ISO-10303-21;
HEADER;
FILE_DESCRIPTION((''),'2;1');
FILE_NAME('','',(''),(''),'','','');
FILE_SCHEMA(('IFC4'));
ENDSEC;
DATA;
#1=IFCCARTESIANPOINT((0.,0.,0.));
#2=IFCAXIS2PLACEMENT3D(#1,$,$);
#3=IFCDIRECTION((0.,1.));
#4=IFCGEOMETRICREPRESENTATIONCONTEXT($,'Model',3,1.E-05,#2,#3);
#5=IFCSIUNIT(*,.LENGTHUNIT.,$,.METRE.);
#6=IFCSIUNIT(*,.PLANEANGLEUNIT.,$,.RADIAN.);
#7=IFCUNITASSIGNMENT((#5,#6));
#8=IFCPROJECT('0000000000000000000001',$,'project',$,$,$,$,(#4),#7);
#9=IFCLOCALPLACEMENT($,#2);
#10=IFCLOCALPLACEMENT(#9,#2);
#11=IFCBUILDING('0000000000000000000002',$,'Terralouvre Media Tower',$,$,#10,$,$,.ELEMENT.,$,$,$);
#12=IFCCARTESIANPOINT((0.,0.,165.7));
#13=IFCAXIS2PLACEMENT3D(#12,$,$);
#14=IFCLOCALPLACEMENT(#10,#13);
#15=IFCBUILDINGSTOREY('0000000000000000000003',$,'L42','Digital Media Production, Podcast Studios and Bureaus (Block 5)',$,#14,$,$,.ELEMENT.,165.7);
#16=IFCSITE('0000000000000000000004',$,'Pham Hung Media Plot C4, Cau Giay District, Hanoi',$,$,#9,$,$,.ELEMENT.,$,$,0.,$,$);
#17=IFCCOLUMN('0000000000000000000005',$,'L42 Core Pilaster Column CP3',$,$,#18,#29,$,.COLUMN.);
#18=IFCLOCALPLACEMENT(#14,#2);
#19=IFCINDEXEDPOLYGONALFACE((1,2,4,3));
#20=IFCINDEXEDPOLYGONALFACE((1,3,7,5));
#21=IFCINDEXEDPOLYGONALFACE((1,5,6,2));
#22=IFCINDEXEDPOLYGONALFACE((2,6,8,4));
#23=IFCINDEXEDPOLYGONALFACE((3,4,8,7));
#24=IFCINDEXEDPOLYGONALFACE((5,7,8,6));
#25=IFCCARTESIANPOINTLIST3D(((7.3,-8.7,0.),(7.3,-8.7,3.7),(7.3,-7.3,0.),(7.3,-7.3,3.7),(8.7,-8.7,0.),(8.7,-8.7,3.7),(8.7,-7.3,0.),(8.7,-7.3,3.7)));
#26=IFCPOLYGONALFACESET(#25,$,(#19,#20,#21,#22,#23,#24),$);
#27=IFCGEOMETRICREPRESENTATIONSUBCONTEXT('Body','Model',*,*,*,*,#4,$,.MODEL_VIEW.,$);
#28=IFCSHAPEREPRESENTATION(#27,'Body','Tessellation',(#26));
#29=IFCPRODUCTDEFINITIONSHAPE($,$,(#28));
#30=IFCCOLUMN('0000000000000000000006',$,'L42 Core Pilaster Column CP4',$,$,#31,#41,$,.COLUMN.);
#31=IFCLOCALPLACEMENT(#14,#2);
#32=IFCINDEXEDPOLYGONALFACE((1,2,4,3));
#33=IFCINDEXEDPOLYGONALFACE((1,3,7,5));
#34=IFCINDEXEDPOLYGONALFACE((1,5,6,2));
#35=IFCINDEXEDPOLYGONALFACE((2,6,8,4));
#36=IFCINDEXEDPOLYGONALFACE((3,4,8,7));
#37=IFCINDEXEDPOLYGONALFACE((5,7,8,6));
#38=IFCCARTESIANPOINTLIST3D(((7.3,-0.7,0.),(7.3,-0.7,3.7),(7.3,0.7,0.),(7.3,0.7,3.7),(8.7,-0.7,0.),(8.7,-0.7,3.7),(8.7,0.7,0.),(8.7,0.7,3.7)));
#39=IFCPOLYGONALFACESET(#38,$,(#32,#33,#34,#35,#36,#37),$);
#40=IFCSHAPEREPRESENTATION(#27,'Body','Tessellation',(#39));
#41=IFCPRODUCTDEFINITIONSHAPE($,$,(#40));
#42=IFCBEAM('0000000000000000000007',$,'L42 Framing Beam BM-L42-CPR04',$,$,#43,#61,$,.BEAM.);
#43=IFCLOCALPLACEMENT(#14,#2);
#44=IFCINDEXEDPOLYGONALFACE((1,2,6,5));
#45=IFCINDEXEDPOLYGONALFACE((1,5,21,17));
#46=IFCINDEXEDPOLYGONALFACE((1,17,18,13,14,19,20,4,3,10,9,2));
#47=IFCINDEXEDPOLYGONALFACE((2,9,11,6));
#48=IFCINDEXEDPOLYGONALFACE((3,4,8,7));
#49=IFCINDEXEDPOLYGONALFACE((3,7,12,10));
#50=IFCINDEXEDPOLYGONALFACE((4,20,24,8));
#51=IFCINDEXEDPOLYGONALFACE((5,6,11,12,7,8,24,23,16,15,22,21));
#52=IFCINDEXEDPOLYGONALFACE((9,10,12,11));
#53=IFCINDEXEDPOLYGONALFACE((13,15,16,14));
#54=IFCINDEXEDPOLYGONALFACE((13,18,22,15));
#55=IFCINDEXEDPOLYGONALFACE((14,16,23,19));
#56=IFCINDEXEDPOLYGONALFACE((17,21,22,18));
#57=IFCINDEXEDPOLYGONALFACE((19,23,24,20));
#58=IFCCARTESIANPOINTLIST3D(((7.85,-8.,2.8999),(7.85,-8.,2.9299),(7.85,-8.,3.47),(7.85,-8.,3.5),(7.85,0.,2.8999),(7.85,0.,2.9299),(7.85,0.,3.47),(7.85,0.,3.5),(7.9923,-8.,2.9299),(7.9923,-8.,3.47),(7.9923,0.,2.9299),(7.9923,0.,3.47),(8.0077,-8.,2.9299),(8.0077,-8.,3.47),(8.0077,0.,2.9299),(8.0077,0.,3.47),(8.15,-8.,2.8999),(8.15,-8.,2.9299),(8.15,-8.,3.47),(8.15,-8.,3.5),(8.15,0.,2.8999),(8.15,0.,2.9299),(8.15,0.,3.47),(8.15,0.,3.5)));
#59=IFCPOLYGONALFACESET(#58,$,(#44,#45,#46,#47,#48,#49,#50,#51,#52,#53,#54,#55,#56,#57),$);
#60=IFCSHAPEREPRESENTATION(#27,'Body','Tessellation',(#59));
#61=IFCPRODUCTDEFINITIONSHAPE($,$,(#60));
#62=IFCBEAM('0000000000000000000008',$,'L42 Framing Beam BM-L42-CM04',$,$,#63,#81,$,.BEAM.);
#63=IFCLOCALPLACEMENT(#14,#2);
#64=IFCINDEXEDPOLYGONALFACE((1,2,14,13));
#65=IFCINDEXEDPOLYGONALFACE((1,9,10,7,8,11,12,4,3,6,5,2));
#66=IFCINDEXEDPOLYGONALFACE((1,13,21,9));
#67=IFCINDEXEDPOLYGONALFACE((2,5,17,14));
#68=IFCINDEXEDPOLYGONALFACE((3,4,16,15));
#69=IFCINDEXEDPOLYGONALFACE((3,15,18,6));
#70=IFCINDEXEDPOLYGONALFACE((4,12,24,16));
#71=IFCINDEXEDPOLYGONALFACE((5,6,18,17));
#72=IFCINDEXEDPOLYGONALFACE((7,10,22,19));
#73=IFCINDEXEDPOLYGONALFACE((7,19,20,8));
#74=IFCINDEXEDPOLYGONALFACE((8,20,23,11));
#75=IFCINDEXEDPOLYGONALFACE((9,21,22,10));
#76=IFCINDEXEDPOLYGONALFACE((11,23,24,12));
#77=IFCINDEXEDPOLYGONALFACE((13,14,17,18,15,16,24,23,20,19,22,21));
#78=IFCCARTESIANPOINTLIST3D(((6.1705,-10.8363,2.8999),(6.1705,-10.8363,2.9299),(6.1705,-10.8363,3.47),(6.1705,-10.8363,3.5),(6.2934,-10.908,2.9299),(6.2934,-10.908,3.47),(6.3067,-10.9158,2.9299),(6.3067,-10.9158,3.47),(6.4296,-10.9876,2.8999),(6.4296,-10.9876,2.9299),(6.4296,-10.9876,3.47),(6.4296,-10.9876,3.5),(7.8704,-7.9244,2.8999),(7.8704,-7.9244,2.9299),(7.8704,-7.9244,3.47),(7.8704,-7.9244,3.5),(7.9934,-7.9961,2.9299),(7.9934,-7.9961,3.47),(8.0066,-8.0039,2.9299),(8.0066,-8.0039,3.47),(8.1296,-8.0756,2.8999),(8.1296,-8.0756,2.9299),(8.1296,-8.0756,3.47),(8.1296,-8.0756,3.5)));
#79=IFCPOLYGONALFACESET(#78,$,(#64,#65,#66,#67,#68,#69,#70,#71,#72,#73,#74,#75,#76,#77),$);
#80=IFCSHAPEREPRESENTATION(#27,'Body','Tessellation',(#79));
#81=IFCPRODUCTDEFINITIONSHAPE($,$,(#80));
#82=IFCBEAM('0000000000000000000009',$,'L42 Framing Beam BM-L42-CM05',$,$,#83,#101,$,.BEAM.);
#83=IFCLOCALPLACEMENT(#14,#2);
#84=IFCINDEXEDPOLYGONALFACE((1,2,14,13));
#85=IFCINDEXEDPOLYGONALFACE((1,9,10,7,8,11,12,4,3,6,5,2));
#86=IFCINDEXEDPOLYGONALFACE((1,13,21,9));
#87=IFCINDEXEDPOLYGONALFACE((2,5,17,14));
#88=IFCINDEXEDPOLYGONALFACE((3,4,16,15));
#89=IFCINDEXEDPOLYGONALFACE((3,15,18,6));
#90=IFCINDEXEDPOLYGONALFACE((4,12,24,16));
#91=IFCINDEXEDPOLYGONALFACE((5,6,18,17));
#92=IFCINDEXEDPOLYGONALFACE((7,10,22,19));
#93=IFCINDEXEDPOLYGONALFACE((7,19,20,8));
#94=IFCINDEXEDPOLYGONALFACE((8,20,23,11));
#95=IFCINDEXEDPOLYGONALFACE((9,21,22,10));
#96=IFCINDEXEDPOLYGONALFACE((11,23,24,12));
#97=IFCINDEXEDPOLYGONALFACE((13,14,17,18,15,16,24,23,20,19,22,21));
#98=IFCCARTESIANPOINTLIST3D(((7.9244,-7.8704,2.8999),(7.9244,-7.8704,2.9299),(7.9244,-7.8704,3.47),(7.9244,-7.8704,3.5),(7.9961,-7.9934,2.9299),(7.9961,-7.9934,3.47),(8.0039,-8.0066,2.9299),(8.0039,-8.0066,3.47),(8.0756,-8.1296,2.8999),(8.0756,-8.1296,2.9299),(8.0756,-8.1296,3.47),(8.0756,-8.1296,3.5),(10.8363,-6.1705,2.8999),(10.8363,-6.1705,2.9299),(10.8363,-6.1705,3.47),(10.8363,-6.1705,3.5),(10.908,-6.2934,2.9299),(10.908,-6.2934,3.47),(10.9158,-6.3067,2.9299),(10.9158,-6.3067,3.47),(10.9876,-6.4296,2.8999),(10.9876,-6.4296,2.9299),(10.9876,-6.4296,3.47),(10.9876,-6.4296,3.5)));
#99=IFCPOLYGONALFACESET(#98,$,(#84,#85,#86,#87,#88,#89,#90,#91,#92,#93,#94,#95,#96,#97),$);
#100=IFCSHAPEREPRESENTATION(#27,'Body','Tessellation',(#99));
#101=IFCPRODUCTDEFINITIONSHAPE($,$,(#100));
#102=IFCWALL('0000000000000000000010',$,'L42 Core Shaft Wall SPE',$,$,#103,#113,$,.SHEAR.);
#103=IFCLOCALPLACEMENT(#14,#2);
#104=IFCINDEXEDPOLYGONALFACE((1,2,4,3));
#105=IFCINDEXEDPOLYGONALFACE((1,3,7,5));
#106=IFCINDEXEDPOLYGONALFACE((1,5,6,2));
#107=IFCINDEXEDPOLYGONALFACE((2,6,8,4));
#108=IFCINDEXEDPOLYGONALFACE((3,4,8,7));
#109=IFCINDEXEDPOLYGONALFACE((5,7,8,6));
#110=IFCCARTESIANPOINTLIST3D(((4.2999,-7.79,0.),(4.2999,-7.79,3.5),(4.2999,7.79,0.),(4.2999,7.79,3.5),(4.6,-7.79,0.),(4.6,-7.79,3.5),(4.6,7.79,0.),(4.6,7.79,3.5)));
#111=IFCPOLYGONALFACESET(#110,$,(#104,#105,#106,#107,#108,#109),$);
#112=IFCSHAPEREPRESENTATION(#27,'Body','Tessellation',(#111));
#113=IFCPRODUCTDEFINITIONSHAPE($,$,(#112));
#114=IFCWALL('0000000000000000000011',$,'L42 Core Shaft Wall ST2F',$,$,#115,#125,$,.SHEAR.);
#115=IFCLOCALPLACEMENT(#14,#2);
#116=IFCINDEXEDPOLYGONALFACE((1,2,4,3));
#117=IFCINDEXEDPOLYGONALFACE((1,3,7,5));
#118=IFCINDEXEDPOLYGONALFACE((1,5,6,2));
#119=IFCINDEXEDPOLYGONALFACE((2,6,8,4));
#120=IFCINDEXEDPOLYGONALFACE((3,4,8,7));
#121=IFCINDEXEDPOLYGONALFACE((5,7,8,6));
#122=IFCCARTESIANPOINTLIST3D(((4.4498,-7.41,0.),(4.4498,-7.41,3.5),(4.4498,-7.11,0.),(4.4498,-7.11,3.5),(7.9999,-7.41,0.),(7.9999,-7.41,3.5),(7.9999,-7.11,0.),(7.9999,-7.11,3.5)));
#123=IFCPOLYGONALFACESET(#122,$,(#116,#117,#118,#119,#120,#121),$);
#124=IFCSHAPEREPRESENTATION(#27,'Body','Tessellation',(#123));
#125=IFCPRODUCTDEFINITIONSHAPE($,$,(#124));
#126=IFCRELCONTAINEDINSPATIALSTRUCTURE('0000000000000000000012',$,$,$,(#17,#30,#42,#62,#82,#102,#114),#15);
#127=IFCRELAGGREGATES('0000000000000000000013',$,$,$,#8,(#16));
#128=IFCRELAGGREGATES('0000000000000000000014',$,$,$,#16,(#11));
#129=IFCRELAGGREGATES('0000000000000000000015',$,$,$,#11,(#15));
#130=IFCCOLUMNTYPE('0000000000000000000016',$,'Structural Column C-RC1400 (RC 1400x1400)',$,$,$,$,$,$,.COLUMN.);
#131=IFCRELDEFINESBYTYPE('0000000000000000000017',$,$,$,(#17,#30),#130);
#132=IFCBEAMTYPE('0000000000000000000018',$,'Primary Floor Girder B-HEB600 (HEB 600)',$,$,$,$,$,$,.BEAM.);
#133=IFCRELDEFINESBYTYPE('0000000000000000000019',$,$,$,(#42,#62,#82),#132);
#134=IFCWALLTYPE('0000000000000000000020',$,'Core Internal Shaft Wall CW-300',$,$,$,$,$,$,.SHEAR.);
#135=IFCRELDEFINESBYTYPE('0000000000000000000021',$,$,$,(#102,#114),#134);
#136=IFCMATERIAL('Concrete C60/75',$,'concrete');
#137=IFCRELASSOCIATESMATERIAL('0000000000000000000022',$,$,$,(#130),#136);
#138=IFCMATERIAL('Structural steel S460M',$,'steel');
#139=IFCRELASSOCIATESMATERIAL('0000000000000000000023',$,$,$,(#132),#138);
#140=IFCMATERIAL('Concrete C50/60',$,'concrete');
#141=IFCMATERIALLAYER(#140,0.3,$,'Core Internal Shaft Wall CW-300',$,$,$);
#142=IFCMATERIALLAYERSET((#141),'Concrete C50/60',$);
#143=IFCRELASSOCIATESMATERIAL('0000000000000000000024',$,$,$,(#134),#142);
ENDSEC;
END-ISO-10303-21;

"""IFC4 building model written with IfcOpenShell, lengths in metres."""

from ifc_helpers import new_model, si_unit, direction, frame, frame_2d, origin, origin_2d, place, context, subcontext, project, spatial, rectangle, i_section, extrude, material, layer, layer_set, material_profile, profile_set, type_object, element, save


model = new_model("IFC4")

# Units and contexts
model_context = context("Model", 3, precision=1e-05, world=origin(), true_north=direction((0.0, 1.0)))
body_context = subcontext(model_context, "Body", "Model", "MODEL_VIEW")
ifc_project = project(units=[si_unit("LENGTHUNIT", "METRE"), si_unit("PLANEANGLEUNIT", "RADIAN")], contexts=[model_context])

# Site, building, storey
site_placement = place(None, origin())
site = spatial("IfcSite", under=ifc_project, at=site_placement, Name="Pham Hung Media Plot C4, Cau Giay District, Hanoi", CompositionType="ELEMENT", RefElevation=0.0)
building_placement = place(site_placement, origin())
building = spatial("IfcBuilding", under=site, at=building_placement, Name="Terralouvre Media Tower", CompositionType="ELEMENT")
storey_placement = place(building_placement, frame((0.0, 0.0, 165.7)))
storey = spatial("IfcBuildingStorey", under=building, at=storey_placement, Name="L42", Description="Digital Media Production, Podcast Studios and Bureaus (Block 5)", CompositionType="ELEMENT", Elevation=165.7)

# Columns
ifc_material_1 = material(Name="Concrete C60/75", Category="concrete")
ifc_material_profile_1 = material_profile(ifc_material_1, rectangle(XDim=1.3999, YDim=1.3999, at=origin_2d()), Name="RC 1400x1400")
ifc_profile_set_1 = profile_set([ifc_material_profile_1], Name="Concrete C60/75")
column_type = type_object("IfcColumnType", Name="Structural Column C-RC1400 (RC 1400x1400)", PredefinedType="COLUMN", material=ifc_profile_set_1)
for number, where, z_axis, x_axis, name in (
    (1, (8.0, -8.0, 0.0), (0.0, 0.0, 1.0), (1.0, 0.0, 0.0), "L42 Core Pilaster Column CP3"),
    (2, (8.0, 0.0, 0.0), (0.0, 0.0, 1.0), (1.0, 0.0, 0.0), "L42 Core Pilaster Column CP4"),
):
    element("IfcColumn", number, at=place(storey_placement, frame(where, z_axis=z_axis, x_axis=x_axis)), inside=storey, type_object=column_type, Name=name, PredefinedType="COLUMN", context=body_context, shape_type="SweptSolid", body=[
        extrude(rectangle(XDim=1.3999, YDim=1.3999, at=origin_2d()), origin(), (0.0, 0.0, 1.0), 3.7),
    ])

# Beams
ifc_material_2 = material(Name="Structural steel S460M", Category="steel")
ifc_material_profile_2 = material_profile(ifc_material_2, i_section(OverallWidth=0.3, OverallDepth=0.6001, WebThickness=0.0154, FlangeThickness=0.03, at=origin_2d()), Name="HEB 600")
ifc_profile_set_2 = profile_set([ifc_material_profile_2], Name="Structural steel S460M")
beam_type = type_object("IfcBeamType", Name="Primary Floor Girder B-HEB600 (HEB 600)", PredefinedType="BEAM", material=ifc_profile_set_2)
beam_placement = place(storey_placement, frame((8.0, -8.0, 3.2), z_axis=(0.0, 1.0, 0.0), x_axis=(-1.0, 0.0, 0.0)))
element("IfcBeam", 3, at=beam_placement, inside=storey, type_object=beam_type, Name="L42 Framing Beam BM-L42-CPR04", PredefinedType="BEAM", context=body_context, shape_type="SweptSolid", body=[
    extrude(i_section(OverallWidth=0.3, OverallDepth=0.6001, WebThickness=0.0154, FlangeThickness=0.03, at=origin_2d()), origin(), (0.0, 0.0, 1.0), 8.0),
])
for number, where, z_axis, x_axis, name in (
    (4, (8.0, -8.0, 3.2), (-0.504173, -0.863603, 0.0), (0.863603, -0.504173, 0.0), "L42 Framing Beam BM-L42-CM04"),
    (5, (8.0, -8.0, 3.2), (0.863603, 0.504173, 0.0), (-0.504173, 0.863603, 0.0), "L42 Framing Beam BM-L42-CM05"),
):
    element("IfcBeam", number, at=place(storey_placement, frame(where, z_axis=z_axis, x_axis=x_axis)), inside=storey, type_object=beam_type, Name=name, PredefinedType="BEAM", context=body_context, shape_type="SweptSolid", body=[
        extrude(i_section(OverallWidth=0.3, OverallDepth=0.6001, WebThickness=0.0154, FlangeThickness=0.03, at=origin_2d()), origin(), (0.0, 0.0, 1.0), 3.3718),
    ])

# Wall
ifc_material_3 = material(Name="Concrete C50/60", Category="concrete")
ifc_layer_1 = layer(ifc_material_3, 0.3, Name="Core Internal Shaft Wall CW-300")
ifc_layer_set_1 = layer_set([ifc_layer_1], Name="Concrete C50/60")
wall_type_1 = type_object("IfcWallType", Name="Core Internal Shaft Wall CW-300", PredefinedType="SHEAR", material=ifc_layer_set_1)
wall_1_placement = place(storey_placement, frame((4.45, -7.79, 0.0), z_axis=(0.0, 0.0, 1.0), x_axis=(0.0, 1.0, 0.0)))
element("IfcWall", 6, at=wall_1_placement, inside=storey, type_object=wall_type_1, Name="L42 Core Shaft Wall SPE", PredefinedType="SHEAR", context=body_context, shape_type="SweptSolid", body=[
    extrude(rectangle(XDim=15.5801, YDim=0.3, at=frame_2d((7.79, 0.0))), origin(), (0.0, 0.0, 1.0), 3.5),
])

# Wall
wall_2_placement = place(storey_placement, frame((4.45, -7.26, 0.0), z_axis=(0.0, 0.0, 1.0), x_axis=(1.0, 0.0, 0.0)))
element("IfcWall", 7, at=wall_2_placement, inside=storey, type_object=wall_type_1, Name="L42 Core Shaft Wall ST2F", PredefinedType="SHEAR", context=body_context, shape_type="SweptSolid", body=[
    extrude(rectangle(XDim=3.55, YDim=0.3, at=frame_2d((1.7749, 0.0))), origin(), (0.0, 0.0, 1.0), 3.5),
])

save(model, "model.ifc")
